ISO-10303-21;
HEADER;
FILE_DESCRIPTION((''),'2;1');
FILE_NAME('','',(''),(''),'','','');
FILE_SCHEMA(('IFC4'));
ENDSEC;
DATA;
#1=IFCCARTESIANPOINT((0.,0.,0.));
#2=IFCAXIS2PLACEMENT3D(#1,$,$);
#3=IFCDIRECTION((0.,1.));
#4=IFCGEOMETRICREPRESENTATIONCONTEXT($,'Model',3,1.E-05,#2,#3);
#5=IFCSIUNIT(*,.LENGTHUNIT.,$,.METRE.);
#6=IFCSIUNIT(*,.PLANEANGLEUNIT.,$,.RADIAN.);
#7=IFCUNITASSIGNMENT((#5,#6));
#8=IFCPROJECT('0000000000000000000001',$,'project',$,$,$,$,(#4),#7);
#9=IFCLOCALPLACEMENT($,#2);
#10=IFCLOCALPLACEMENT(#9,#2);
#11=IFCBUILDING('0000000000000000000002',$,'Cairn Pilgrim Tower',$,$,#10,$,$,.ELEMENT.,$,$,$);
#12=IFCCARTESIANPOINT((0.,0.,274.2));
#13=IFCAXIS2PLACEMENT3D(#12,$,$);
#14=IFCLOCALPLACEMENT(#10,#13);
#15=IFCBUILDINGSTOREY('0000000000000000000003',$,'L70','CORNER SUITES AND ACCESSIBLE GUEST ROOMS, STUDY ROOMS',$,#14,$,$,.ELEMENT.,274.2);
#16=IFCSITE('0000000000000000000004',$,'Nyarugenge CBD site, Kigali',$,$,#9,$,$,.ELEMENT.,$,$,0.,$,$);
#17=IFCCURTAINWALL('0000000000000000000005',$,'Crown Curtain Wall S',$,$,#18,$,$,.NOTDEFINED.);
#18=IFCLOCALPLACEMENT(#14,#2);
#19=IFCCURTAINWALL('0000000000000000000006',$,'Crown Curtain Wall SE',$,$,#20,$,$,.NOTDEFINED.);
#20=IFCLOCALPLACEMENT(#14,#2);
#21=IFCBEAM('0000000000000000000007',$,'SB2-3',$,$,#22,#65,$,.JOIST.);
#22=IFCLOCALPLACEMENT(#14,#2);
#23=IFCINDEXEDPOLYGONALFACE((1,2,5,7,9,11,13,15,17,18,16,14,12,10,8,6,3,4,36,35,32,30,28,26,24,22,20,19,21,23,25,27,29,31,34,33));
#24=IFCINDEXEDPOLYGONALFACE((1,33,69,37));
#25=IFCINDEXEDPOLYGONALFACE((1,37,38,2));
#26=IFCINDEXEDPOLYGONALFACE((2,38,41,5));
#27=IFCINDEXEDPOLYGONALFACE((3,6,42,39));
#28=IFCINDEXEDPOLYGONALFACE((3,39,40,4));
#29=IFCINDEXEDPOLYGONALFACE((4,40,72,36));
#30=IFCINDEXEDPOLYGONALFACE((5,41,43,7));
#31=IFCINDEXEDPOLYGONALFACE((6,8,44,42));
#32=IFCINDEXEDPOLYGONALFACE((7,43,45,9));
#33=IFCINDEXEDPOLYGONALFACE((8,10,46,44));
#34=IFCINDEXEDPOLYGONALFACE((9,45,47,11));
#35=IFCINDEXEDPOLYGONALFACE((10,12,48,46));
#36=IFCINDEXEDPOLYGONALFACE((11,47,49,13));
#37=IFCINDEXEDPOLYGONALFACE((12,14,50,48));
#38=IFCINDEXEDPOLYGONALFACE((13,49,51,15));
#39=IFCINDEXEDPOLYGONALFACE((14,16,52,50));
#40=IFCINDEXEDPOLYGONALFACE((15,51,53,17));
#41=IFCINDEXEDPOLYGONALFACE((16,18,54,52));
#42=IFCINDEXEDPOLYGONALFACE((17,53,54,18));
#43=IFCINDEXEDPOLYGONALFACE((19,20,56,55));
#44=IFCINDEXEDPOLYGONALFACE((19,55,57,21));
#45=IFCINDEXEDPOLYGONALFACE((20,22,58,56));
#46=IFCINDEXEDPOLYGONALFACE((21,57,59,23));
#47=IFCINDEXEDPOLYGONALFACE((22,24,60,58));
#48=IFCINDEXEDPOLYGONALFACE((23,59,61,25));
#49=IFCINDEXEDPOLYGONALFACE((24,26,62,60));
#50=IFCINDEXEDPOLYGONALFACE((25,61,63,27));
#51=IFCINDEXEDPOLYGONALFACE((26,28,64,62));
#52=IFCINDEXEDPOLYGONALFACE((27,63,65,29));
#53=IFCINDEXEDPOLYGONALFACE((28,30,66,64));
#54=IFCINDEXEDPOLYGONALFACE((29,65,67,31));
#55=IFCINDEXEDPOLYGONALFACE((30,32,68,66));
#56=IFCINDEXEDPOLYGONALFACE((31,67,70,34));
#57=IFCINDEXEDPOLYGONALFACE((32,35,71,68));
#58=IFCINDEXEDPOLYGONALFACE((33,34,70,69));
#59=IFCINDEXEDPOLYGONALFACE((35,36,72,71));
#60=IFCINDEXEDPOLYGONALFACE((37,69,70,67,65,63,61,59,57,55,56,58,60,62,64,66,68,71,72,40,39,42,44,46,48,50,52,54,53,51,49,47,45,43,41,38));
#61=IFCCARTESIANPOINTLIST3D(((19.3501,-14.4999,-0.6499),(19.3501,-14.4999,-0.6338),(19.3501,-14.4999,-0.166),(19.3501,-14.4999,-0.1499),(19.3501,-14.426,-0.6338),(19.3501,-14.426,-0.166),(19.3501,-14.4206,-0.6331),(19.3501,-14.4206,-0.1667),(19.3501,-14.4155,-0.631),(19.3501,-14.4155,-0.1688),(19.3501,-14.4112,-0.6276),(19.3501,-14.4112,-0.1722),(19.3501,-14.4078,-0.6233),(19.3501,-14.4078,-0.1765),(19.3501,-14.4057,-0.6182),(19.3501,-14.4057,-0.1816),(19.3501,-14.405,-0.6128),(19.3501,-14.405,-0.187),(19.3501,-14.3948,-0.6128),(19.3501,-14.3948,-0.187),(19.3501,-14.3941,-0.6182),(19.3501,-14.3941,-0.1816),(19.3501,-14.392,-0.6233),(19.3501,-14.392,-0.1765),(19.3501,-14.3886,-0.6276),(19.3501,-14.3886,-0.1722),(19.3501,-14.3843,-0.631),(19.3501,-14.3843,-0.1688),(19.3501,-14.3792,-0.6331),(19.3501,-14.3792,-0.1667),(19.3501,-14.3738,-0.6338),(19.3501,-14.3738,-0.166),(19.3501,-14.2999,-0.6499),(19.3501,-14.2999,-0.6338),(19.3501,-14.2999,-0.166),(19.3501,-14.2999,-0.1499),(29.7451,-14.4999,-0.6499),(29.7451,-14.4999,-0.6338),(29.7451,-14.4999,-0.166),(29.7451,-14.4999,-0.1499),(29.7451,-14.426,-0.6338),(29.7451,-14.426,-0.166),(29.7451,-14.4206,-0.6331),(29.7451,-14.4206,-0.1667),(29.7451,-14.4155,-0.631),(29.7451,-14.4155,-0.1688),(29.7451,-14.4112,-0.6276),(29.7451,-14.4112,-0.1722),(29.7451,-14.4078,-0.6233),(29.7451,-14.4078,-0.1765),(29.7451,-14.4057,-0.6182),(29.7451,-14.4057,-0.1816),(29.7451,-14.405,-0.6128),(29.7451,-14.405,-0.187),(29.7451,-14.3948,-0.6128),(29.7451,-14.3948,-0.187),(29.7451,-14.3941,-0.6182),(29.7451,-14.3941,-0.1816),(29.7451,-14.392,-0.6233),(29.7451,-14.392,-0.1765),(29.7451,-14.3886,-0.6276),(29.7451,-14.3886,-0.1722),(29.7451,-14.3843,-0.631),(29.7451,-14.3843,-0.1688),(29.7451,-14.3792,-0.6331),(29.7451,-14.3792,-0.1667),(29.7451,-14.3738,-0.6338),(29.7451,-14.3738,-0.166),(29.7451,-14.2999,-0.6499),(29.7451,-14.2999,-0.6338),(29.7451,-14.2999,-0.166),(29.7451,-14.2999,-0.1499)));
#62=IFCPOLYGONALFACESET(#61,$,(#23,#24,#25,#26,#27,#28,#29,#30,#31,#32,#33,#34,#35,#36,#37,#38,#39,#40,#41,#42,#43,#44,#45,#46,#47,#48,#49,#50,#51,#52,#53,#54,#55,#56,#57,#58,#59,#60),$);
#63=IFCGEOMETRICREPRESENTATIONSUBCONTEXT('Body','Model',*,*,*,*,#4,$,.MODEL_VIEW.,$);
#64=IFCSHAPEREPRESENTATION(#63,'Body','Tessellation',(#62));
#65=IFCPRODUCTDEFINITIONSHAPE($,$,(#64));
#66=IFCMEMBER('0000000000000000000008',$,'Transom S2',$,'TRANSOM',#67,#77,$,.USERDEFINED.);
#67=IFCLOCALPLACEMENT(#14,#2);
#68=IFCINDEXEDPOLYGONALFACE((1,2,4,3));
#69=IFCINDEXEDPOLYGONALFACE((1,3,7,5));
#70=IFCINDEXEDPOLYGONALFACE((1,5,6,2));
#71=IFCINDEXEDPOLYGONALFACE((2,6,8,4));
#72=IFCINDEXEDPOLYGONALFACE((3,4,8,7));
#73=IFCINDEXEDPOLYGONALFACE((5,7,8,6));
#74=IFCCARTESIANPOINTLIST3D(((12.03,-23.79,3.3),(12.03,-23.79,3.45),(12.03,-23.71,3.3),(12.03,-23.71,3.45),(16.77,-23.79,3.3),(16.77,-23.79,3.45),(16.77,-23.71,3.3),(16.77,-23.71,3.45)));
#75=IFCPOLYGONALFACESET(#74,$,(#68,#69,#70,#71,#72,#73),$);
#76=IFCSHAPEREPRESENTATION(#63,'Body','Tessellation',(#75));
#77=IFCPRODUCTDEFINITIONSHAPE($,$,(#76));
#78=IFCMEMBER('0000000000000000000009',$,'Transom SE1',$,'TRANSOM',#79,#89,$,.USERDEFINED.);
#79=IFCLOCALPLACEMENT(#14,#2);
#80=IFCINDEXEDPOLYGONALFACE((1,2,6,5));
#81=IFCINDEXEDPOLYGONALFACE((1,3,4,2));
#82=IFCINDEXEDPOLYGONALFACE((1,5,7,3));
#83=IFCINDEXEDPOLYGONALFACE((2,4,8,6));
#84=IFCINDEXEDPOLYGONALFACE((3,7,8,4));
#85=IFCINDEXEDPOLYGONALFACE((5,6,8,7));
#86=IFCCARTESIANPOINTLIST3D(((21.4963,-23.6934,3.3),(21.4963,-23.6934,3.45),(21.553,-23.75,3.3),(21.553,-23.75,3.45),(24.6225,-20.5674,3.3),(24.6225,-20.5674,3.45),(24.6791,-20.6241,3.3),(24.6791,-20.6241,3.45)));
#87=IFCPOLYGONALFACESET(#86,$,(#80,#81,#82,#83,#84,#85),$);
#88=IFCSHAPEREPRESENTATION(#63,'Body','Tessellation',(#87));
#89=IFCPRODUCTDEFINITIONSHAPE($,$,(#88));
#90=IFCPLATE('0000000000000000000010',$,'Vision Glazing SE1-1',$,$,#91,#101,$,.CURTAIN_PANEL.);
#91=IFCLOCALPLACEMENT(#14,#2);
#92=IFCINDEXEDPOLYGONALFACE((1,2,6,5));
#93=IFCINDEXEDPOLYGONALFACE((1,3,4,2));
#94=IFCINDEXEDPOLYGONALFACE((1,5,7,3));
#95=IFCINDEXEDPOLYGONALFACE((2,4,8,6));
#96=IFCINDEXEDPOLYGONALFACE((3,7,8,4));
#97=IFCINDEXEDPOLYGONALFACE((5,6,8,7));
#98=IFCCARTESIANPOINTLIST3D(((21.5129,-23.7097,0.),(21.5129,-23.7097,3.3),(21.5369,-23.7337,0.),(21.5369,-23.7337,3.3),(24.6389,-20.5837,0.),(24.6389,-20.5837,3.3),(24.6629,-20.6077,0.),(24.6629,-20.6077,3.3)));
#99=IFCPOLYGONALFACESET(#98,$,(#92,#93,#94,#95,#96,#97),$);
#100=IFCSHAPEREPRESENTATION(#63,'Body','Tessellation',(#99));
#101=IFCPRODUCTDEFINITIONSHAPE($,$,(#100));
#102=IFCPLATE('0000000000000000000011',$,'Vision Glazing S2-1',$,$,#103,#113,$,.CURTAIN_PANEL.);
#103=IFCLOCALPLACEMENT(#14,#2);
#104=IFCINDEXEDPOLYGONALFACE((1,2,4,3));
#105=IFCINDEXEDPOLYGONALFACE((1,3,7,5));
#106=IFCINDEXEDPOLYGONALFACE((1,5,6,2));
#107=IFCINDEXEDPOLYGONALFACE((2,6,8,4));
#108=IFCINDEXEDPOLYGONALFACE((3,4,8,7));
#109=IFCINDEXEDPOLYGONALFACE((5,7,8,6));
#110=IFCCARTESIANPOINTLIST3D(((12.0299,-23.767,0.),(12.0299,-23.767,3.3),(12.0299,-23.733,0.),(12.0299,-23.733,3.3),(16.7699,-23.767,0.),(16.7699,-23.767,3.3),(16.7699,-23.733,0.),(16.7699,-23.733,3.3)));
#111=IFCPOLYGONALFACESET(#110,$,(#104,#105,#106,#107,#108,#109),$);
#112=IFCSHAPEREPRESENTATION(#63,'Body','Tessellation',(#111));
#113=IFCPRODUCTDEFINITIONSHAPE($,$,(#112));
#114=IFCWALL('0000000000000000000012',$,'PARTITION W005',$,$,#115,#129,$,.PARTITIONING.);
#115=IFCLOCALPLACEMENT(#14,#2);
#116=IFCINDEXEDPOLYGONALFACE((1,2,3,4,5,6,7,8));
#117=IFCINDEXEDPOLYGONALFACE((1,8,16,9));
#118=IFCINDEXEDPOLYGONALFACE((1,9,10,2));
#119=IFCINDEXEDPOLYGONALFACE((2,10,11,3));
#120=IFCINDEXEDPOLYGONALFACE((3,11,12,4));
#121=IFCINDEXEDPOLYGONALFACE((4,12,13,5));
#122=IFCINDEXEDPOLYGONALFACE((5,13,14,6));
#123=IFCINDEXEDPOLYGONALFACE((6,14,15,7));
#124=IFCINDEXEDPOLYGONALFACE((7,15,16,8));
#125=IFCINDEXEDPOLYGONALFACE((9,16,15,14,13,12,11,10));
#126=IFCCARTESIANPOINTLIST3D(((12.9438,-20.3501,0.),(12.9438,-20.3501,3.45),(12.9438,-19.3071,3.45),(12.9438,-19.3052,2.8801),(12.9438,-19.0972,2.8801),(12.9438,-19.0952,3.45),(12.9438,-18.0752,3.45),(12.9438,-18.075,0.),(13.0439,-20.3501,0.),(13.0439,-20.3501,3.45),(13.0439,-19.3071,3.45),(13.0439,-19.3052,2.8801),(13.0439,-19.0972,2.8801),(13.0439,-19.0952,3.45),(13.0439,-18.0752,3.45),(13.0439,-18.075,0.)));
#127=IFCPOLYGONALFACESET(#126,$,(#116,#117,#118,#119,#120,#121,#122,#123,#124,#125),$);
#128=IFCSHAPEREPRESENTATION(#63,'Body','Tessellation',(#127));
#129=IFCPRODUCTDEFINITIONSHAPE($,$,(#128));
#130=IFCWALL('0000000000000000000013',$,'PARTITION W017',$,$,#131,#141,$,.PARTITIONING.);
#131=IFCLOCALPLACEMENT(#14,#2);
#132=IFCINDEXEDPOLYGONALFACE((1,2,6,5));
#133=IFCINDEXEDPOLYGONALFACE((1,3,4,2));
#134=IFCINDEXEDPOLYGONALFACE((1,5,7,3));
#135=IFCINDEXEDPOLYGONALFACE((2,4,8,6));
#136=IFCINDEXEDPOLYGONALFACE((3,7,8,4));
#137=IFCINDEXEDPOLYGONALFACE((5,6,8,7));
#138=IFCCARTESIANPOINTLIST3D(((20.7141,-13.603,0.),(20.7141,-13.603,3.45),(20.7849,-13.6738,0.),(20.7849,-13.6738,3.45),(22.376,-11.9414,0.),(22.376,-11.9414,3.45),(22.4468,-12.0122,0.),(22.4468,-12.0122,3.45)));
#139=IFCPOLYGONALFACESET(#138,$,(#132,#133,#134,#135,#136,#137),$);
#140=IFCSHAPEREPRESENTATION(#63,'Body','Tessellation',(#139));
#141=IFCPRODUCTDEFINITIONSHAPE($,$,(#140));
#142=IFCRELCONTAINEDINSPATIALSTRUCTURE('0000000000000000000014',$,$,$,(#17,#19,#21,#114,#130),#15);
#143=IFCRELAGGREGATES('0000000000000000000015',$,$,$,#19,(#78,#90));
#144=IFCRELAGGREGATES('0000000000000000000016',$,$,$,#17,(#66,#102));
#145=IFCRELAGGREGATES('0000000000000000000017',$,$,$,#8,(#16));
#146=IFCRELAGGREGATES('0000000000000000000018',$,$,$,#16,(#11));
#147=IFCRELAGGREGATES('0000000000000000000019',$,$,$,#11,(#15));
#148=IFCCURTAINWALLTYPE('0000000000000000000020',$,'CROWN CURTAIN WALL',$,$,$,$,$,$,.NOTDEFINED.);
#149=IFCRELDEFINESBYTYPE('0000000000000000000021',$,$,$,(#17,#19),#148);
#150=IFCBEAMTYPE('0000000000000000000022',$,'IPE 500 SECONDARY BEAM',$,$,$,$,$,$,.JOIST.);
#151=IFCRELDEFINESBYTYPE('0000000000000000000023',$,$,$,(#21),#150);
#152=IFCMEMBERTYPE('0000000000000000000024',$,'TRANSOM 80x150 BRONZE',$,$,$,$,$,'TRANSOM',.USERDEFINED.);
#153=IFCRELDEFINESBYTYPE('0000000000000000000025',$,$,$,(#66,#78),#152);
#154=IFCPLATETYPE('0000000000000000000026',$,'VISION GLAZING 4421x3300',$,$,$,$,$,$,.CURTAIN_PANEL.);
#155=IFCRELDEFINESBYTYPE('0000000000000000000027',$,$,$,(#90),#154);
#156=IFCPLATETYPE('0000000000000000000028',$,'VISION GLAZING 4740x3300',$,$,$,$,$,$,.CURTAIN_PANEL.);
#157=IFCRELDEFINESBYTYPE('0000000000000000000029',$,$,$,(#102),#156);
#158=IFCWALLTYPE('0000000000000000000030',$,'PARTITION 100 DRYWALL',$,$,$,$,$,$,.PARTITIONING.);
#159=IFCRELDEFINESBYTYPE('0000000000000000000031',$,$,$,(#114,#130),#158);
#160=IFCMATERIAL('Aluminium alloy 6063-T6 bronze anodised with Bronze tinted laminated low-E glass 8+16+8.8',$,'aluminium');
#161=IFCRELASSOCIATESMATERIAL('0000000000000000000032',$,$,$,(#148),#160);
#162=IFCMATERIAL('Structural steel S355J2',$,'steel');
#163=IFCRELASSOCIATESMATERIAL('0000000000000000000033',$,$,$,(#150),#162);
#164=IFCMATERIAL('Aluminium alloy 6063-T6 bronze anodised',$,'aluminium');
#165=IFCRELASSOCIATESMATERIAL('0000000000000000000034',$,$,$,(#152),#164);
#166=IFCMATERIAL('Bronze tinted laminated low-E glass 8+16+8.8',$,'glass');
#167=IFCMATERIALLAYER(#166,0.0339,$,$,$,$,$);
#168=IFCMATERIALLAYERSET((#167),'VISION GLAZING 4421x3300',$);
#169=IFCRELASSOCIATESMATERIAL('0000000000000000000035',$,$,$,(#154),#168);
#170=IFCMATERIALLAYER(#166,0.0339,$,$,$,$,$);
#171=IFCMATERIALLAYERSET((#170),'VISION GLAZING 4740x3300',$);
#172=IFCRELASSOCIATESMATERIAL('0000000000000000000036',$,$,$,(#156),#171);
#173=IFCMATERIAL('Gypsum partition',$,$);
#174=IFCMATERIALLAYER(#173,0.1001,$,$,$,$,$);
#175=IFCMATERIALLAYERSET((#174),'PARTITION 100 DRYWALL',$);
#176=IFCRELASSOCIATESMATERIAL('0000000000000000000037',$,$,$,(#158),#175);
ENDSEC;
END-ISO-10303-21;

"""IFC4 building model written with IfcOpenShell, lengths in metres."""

from ifc_helpers import new_model, si_unit, direction, frame, frame_2d, origin, origin_2d, place, context, subcontext, project, spatial, polyline, rectangle, i_section, outline, extrude, material, layer, layer_set, material_profile, profile_set, type_object, element, aggregate, save


model = new_model("IFC4")

# Units and contexts
model_context = context("Model", 3, precision=1e-05, world=origin(), true_north=direction((0.0, 1.0)))
body_context = subcontext(model_context, "Body", "Model", "MODEL_VIEW")
ifc_project = project(units=[si_unit("LENGTHUNIT", "METRE"), si_unit("PLANEANGLEUNIT", "RADIAN")], contexts=[model_context])

# Site, building, storey
site_placement = place(None, origin())
site = spatial("IfcSite", under=ifc_project, at=site_placement, Name="Nyarugenge CBD site, Kigali", CompositionType="ELEMENT", RefElevation=0.0)
building_placement = place(site_placement, origin())
building = spatial("IfcBuilding", under=site, at=building_placement, Name="Cairn Pilgrim Tower", CompositionType="ELEMENT")
storey_placement = place(building_placement, frame((0.0, 0.0, 274.2)))
storey = spatial("IfcBuildingStorey", under=building, at=storey_placement, Name="L70", Description="CORNER SUITES AND ACCESSIBLE GUEST ROOMS, STUDY ROOMS", CompositionType="ELEMENT", Elevation=274.2)

# Shared definitions
ifc_material_1 = material(Name="Structural steel S355J2", Category="steel")

# Curtain wall
ifc_material_2 = material(Name="Aluminium alloy 6063-T6 bronze anodised with Bronze tinted laminated low-E glass 8+16+8.8", Category="aluminium")
curtain_wall_type = type_object("IfcCurtainWallType", Name="CROWN CURTAIN WALL", PredefinedType="NOTDEFINED", material=ifc_material_2)
curtain_wall_1_placement = place(storey_placement, origin())
curtain_wall_1 = element("IfcCurtainWall", 1, at=curtain_wall_1_placement, inside=storey, type_object=curtain_wall_type, Name="Crown Curtain Wall S", PredefinedType="NOTDEFINED")
ifc_material_3 = material(Name="Aluminium alloy 6063-T6 bronze anodised", Category="aluminium")

# Curtain wall
curtain_wall_2_placement = place(storey_placement, origin())
curtain_wall_2 = element("IfcCurtainWall", 2, at=curtain_wall_2_placement, inside=storey, type_object=curtain_wall_type, Name="Crown Curtain Wall SE", PredefinedType="NOTDEFINED")

# Beam
ifc_material_profile_1 = material_profile(ifc_material_1, i_section(OverallWidth=0.2, OverallDepth=0.5, WebThickness=0.0103, FlangeThickness=0.0161, FilletRadius=0.021, at=origin_2d()), Name="IPE 500")
ifc_profile_set_1 = profile_set([ifc_material_profile_1], Name="Structural steel S355J2")
beam_type_1 = type_object("IfcBeamType", Name="IPE 500 SECONDARY BEAM", PredefinedType="JOIST", material=ifc_profile_set_1)
beam_1_placement = place(storey_placement, frame((19.3501, -14.3999, -0.3999), z_axis=(1.0, 0.0, 0.0), x_axis=(0.0, 1.0, 0.0)))
element("IfcBeam", 3, at=beam_1_placement, inside=storey, type_object=beam_type_1, Name="SB2-3", PredefinedType="JOIST", context=body_context, shape_type="SweptSolid", body=[
    extrude(i_section(OverallWidth=0.2, OverallDepth=0.5, WebThickness=0.0103, FlangeThickness=0.0161, FilletRadius=0.021, at=origin_2d()), origin(), (0.0, 0.0, 1.0), 10.395),
])

# Members
ifc_material_profile_2 = material_profile(ifc_material_3, rectangle(XDim=0.0801, YDim=0.1499, at=origin_2d()), Name="TRANSOM 80x150 BRONZE")
ifc_profile_set_2 = profile_set([ifc_material_profile_2], Name="Aluminium alloy 6063-T6 bronze anodised")
member_type_1 = type_object("IfcMemberType", Name="TRANSOM 80x150 BRONZE", ElementType="TRANSOM", PredefinedType="USERDEFINED", material=ifc_profile_set_2)
member_1_placement = place(storey_placement, frame((12.03, -23.75, 3.375), z_axis=(1.0, 0.0, 0.0), x_axis=(0.0, 1.0, 0.0)))
member_1 = element("IfcMember", 4, at=member_1_placement, type_object=member_type_1, Name="Transom S2", ObjectType="TRANSOM", PredefinedType="USERDEFINED", context=body_context, shape_type="SweptSolid", body=[
    extrude(rectangle(XDim=0.0801, YDim=0.1499, at=origin_2d()), origin(), (0.0, 0.0, 1.0), 4.74),
])
member_2_placement = place(storey_placement, frame((21.5247, -23.7217, 3.375), z_axis=(0.707134, 0.707079, 0.0), x_axis=(-0.707079, 0.707134, 0.0)))
member_2 = element("IfcMember", 5, at=member_2_placement, type_object=member_type_1, Name="Transom SE1", ObjectType="TRANSOM", PredefinedType="USERDEFINED", context=body_context, shape_type="SweptSolid", body=[
    extrude(rectangle(XDim=0.0801, YDim=0.1499, at=origin_2d()), origin(), (0.0, 0.0, 1.0), 4.4209),
])

# Plates
ifc_material_4 = material(Name="Bronze tinted laminated low-E glass 8+16+8.8", Category="glass")
ifc_layer_1 = layer(ifc_material_4, 0.0339)
ifc_layer_set_1 = layer_set([ifc_layer_1], Name="VISION GLAZING 4421x3300")
plate_type_1 = type_object("IfcPlateType", Name="VISION GLAZING 4421x3300", PredefinedType="CURTAIN_PANEL", material=ifc_layer_set_1)
plate_1_placement = place(storey_placement, frame((23.0879, -22.1587, 0.0), z_axis=(0.0, 0.0, 1.0), x_axis=(0.707107, 0.707107, 0.0)))
plate_1 = element("IfcPlate", 6, at=plate_1_placement, type_object=plate_type_1, Name="Vision Glazing SE1-1", PredefinedType="CURTAIN_PANEL", context=body_context, shape_type="SweptSolid", body=[
    extrude(rectangle(XDim=4.4209, YDim=0.0339, at=origin_2d()), origin(), (0.0, 0.0, 1.0), 3.3),
])
aggregate(curtain_wall_2, [member_2, plate_1])
ifc_layer_2 = layer(ifc_material_4, 0.0339)
ifc_layer_set_2 = layer_set([ifc_layer_2], Name="VISION GLAZING 4740x3300")
plate_type_2 = type_object("IfcPlateType", Name="VISION GLAZING 4740x3300", PredefinedType="CURTAIN_PANEL", material=ifc_layer_set_2)
plate_2_placement = place(storey_placement, frame((14.3999, -23.75, 0.0), z_axis=(0.0, 0.0, 1.0), x_axis=(1.0, 0.0, 0.0)))
plate_2 = element("IfcPlate", 7, at=plate_2_placement, type_object=plate_type_2, Name="Vision Glazing S2-1", PredefinedType="CURTAIN_PANEL", context=body_context, shape_type="SweptSolid", body=[
    extrude(rectangle(XDim=4.74, YDim=0.0339, at=origin_2d()), origin(), (0.0, 0.0, 1.0), 3.3),
])
aggregate(curtain_wall_1, [member_1, plate_2])

# Walls
ifc_material_5 = material(Name="Gypsum partition")
ifc_layer_3 = layer(ifc_material_5, 0.1001)
ifc_layer_set_3 = layer_set([ifc_layer_3], Name="PARTITION 100 DRYWALL")
wall_type_1 = type_object("IfcWallType", Name="PARTITION 100 DRYWALL", PredefinedType="PARTITIONING", material=ifc_layer_set_3)
wall_1_placement = place(storey_placement, frame((12.9939, -20.3501, 0.0), z_axis=(0.0, 0.0, 1.0), x_axis=(0.0, 1.0, 0.0)))
element("IfcWall", 8, at=wall_1_placement, inside=storey, type_object=wall_type_1, Name="PARTITION W005", PredefinedType="PARTITIONING", context=body_context, shape_type="SweptSolid", body=[
    extrude(outline(polyline([(0.0, 0.0), (2.2751, 0.0), (2.2749, 3.45), (1.2549, 3.45), (1.2529, 2.8801), (1.0449, 2.8801), (1.043, 3.45), (0.0, 3.45), (0.0, 0.0)])), frame((0.0, 0.05, 0.0), z_axis=(0.0, -1.0, 0.0), x_axis=(1.0, 0.0, 0.0)), (0.0, 0.0, 1.0), 0.1001),
])
wall_2_placement = place(storey_placement, frame((20.7495, -13.6384, 0.0), z_axis=(0.0, 0.0, 1.0), x_axis=(0.707159, 0.707055, 0.0)))
element("IfcWall", 9, at=wall_2_placement, inside=storey, type_object=wall_type_1, Name="PARTITION W017", PredefinedType="PARTITIONING", context=body_context, shape_type="SweptSolid", body=[
    extrude(rectangle(XDim=2.3501, YDim=0.1001, at=frame_2d((1.175, 0.0))), origin(), (0.0, 0.0, 1.0), 3.45),
])

save(model, "model.ifc")
